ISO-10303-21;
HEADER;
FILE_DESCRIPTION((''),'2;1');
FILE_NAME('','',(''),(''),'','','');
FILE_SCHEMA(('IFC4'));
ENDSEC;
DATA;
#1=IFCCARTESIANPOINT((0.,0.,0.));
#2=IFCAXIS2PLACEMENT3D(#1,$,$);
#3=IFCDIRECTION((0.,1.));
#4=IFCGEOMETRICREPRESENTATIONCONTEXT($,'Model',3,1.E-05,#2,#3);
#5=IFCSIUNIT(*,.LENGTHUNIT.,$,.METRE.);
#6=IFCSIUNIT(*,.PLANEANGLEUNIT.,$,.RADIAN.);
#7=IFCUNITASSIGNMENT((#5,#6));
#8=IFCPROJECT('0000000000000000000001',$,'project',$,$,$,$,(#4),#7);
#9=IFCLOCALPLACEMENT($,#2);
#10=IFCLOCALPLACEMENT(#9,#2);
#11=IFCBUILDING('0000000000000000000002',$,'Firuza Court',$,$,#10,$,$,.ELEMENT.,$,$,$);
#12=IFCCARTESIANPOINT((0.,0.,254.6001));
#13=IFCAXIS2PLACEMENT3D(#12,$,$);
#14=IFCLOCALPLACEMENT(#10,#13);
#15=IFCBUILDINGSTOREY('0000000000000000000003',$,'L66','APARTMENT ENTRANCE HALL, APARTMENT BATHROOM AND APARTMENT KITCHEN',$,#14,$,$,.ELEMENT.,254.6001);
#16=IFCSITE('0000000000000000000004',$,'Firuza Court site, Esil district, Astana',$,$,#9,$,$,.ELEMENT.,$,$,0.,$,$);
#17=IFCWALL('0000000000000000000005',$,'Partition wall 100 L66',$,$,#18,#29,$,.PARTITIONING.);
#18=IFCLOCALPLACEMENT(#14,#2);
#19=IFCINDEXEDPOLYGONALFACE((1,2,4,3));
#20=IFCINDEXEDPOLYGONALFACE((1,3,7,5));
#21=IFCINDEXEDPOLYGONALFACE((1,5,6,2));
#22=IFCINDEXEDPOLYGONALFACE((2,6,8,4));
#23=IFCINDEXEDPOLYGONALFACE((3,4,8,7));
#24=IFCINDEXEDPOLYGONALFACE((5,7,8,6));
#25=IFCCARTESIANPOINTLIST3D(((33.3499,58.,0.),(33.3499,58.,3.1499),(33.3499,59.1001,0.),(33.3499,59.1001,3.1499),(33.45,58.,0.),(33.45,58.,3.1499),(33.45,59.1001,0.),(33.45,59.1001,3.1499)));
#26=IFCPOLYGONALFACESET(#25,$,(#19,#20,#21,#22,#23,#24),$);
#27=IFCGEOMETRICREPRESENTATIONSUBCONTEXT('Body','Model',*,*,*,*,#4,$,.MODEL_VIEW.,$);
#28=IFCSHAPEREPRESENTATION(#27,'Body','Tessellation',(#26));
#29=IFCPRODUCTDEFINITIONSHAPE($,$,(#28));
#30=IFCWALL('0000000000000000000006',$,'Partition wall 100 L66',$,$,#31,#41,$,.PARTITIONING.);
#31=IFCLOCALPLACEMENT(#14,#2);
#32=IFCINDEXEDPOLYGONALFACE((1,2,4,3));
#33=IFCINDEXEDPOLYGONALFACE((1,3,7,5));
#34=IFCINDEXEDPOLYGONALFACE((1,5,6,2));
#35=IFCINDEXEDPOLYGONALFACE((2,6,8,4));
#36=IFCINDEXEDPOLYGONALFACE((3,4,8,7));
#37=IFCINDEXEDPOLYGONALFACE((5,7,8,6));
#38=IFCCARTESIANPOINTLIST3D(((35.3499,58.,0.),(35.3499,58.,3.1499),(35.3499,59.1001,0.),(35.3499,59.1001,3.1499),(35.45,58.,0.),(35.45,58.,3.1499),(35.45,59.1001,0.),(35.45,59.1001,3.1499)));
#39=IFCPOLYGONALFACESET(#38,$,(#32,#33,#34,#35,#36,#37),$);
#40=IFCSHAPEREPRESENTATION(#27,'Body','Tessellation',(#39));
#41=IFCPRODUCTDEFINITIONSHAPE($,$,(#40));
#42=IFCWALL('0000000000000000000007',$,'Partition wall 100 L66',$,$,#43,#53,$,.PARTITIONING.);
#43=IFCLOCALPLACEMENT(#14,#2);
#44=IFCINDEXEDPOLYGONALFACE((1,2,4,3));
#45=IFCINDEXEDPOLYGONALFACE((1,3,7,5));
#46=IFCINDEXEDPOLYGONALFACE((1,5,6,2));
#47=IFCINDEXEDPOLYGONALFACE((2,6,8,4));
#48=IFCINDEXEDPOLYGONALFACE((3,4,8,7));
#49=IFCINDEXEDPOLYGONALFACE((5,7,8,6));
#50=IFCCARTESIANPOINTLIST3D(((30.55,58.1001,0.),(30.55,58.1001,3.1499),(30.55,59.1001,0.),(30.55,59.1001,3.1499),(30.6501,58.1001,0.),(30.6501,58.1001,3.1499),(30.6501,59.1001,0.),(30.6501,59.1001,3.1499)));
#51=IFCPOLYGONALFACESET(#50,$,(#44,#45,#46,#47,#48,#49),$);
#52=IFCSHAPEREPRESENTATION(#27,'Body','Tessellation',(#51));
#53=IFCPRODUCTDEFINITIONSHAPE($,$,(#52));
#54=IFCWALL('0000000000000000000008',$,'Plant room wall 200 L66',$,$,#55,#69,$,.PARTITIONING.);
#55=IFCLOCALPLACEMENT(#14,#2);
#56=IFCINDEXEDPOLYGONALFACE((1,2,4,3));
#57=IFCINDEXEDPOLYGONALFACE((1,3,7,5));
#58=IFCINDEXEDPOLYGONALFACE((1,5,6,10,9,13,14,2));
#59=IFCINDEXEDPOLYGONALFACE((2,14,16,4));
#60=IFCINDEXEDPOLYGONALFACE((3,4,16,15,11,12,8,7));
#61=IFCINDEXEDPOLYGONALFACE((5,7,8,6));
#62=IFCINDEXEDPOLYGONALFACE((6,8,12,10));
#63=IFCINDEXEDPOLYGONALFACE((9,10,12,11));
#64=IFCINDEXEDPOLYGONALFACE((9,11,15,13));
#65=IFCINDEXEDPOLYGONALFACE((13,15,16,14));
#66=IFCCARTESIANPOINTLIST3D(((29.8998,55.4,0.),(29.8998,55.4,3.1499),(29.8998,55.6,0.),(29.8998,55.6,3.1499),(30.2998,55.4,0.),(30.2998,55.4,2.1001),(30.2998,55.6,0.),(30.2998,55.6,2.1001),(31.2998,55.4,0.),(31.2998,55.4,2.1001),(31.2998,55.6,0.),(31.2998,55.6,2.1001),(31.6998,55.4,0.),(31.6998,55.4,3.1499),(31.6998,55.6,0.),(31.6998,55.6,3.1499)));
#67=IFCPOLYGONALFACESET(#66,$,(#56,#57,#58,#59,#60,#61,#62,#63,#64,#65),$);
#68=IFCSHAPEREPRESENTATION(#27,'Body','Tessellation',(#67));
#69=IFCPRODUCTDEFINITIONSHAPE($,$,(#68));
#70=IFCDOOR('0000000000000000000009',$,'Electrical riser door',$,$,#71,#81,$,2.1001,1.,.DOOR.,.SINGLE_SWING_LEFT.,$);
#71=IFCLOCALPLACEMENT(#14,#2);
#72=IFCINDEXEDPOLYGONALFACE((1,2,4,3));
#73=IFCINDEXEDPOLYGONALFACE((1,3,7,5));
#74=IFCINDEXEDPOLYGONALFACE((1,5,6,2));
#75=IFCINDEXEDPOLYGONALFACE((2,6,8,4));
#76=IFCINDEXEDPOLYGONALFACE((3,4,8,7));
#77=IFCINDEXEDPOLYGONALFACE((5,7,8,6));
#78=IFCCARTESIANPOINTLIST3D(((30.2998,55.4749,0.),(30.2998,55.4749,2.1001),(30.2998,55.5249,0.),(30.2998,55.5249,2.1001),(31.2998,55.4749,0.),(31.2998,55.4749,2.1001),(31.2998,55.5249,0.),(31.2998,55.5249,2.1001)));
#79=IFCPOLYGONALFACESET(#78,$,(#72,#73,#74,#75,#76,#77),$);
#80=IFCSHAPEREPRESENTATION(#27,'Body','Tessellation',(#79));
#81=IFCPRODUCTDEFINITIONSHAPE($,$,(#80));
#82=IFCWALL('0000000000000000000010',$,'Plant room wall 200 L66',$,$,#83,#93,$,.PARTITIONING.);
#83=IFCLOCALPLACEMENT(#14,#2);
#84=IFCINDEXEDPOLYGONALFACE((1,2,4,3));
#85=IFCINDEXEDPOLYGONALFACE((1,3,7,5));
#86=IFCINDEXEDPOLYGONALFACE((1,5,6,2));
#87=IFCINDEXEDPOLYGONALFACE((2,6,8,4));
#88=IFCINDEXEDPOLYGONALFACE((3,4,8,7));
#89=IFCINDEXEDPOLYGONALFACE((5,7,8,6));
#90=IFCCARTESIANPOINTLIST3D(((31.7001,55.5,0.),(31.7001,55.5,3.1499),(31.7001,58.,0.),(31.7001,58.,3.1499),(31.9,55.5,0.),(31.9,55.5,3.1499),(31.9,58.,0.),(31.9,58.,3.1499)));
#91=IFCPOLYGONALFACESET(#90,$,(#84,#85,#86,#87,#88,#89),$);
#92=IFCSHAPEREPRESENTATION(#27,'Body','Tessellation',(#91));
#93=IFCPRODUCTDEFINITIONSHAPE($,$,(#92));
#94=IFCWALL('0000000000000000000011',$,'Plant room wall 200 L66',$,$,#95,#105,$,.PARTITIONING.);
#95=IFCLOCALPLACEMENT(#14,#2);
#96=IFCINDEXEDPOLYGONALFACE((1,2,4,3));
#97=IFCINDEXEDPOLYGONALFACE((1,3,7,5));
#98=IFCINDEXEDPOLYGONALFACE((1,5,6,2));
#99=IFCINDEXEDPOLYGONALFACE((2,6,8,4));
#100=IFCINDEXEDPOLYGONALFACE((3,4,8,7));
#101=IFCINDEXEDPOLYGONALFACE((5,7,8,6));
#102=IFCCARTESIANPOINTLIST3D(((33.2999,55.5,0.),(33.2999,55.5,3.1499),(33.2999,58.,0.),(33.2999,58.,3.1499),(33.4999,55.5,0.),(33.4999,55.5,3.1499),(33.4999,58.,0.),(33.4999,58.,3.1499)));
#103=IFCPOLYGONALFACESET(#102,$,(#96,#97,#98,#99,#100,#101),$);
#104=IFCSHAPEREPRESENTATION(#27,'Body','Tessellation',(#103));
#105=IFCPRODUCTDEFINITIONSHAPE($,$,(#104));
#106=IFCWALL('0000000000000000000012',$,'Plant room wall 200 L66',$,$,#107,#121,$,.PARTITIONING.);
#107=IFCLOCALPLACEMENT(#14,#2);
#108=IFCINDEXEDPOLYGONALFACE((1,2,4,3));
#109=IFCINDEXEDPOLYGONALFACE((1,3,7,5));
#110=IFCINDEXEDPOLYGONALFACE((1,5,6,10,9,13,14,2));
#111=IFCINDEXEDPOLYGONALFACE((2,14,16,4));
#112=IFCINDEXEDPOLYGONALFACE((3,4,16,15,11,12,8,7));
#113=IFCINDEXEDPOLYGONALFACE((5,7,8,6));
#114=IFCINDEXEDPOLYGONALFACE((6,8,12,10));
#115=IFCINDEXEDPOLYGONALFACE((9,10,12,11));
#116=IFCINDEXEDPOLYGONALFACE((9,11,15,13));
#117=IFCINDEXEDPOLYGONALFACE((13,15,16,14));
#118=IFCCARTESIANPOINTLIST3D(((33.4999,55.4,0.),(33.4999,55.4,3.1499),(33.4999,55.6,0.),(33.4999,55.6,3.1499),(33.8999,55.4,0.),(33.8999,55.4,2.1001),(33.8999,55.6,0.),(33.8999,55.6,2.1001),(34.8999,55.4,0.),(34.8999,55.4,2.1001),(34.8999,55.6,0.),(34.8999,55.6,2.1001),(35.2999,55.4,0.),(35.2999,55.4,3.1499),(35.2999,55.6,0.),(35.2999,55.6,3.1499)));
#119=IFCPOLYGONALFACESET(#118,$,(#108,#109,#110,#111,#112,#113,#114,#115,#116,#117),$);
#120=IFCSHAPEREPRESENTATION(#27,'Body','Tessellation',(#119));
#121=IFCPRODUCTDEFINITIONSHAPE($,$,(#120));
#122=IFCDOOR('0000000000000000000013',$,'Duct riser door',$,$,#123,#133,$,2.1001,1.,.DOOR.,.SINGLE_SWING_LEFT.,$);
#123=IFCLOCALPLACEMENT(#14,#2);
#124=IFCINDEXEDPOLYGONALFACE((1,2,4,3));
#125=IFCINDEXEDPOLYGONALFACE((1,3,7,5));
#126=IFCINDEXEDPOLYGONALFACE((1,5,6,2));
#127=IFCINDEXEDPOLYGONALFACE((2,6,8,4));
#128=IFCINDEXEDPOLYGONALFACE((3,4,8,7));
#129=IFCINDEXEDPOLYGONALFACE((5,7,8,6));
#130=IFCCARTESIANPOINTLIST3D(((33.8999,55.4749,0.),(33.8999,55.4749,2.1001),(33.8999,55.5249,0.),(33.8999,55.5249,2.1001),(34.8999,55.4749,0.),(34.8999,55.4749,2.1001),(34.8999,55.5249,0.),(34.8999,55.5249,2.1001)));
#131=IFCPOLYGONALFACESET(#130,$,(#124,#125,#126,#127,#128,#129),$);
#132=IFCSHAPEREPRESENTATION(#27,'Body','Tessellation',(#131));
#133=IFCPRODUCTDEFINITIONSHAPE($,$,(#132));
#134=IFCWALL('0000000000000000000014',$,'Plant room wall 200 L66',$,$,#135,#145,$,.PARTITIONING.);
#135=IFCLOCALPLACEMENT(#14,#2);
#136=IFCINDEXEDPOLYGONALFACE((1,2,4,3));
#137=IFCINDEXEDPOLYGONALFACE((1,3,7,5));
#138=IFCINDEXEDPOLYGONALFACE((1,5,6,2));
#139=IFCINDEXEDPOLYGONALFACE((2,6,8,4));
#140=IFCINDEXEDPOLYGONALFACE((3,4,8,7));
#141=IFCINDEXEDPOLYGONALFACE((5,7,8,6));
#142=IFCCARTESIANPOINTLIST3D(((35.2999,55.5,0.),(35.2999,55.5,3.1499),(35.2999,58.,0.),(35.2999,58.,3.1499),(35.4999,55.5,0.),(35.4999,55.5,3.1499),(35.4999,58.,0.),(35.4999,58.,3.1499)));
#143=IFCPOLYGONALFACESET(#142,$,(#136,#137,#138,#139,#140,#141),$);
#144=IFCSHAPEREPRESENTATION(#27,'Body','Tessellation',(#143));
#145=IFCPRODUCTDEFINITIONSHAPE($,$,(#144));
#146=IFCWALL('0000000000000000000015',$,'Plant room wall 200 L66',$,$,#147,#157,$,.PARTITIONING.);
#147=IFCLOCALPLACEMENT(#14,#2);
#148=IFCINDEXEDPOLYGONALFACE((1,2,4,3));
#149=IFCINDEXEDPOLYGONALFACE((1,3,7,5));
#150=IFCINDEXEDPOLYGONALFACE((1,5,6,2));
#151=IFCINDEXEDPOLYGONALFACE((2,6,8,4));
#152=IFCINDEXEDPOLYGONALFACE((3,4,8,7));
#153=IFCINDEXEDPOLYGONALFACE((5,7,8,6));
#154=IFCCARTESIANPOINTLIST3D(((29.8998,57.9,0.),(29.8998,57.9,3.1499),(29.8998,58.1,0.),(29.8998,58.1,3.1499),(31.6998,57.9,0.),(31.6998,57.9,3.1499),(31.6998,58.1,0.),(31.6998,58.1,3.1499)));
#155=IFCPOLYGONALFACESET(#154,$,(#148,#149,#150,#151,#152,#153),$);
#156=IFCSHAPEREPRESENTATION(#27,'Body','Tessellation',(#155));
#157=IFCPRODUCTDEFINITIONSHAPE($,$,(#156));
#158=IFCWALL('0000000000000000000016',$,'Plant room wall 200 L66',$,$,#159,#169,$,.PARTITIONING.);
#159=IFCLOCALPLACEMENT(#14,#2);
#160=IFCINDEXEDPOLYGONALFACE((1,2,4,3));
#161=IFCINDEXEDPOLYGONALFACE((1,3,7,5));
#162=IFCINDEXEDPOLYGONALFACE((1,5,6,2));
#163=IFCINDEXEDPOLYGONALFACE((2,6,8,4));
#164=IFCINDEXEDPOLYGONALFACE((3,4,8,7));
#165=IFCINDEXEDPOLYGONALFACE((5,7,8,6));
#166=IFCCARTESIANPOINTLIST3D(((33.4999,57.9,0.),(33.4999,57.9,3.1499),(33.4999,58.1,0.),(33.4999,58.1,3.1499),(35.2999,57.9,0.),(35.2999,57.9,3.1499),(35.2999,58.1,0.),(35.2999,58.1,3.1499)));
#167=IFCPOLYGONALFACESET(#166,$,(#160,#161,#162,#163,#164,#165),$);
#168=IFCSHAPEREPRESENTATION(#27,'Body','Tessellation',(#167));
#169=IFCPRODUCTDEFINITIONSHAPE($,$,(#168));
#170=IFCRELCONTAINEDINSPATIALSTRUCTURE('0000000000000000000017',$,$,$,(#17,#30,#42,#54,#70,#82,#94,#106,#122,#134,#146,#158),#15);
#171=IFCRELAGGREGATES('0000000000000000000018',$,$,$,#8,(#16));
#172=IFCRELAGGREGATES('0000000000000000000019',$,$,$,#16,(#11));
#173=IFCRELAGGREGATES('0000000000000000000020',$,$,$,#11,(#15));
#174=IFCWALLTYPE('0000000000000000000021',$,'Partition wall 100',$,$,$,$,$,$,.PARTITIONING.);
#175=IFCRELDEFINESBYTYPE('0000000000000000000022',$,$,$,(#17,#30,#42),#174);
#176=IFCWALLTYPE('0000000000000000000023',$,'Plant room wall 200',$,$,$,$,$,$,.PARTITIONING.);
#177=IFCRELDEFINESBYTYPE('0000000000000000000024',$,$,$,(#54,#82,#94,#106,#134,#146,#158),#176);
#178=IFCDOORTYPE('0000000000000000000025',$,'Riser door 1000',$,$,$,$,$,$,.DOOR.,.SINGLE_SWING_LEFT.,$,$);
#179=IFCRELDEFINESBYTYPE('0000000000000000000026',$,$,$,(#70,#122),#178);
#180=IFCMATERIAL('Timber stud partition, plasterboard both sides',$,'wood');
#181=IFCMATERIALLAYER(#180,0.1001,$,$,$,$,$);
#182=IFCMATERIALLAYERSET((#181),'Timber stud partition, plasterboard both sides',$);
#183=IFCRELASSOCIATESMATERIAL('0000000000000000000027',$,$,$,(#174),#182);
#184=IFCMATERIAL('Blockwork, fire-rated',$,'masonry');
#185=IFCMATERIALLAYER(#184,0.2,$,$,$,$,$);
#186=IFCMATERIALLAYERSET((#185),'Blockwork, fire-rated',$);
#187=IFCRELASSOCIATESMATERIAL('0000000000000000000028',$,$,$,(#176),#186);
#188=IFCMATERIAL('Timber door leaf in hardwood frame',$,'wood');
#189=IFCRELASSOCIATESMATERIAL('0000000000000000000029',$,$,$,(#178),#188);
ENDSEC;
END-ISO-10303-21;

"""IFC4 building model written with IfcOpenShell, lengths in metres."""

from ifc_helpers import new_model, si_unit, direction, frame, frame_2d, origin, place, context, subcontext, project, spatial, rectangle, extrude, material, layer, layer_set, type_object, element, fill, save


model = new_model("IFC4")

# Units and contexts
model_context = context("Model", 3, precision=1e-05, world=origin(), true_north=direction((0.0, 1.0)))
body_context = subcontext(model_context, "Body", "Model", "MODEL_VIEW")
ifc_project = project(units=[si_unit("LENGTHUNIT", "METRE"), si_unit("PLANEANGLEUNIT", "RADIAN")], contexts=[model_context])

# Site, building, storey
site_placement = place(None, origin())
site = spatial("IfcSite", under=ifc_project, at=site_placement, Name="Firuza Court site, Esil district, Astana", CompositionType="ELEMENT", RefElevation=0.0)
building_placement = place(site_placement, origin())
building = spatial("IfcBuilding", under=site, at=building_placement, Name="Firuza Court", CompositionType="ELEMENT")
storey_placement = place(building_placement, frame((0.0, 0.0, 254.6001)))
storey = spatial("IfcBuildingStorey", under=building, at=storey_placement, Name="L66", Description="APARTMENT ENTRANCE HALL, APARTMENT BATHROOM AND APARTMENT KITCHEN", CompositionType="ELEMENT", Elevation=254.6001)

# Walls
ifc_material_1 = material(Name="Timber stud partition, plasterboard both sides", Category="wood")
ifc_layer_1 = layer(ifc_material_1, 0.1001)
ifc_layer_set_1 = layer_set([ifc_layer_1], Name="Timber stud partition, plasterboard both sides")
wall_type_1 = type_object("IfcWallType", Name="Partition wall 100", PredefinedType="PARTITIONING", material=ifc_layer_set_1)
for number, where, z_axis, x_axis, name in (
    (1, (33.3999, 58.0, 0.0), (0.0, 0.0, 1.0), (0.0, 1.0, 0.0), "Partition wall 100 L66"),
    (2, (35.3999, 58.0, 0.0), (0.0, 0.0, 1.0), (0.0, 1.0, 0.0), "Partition wall 100 L66"),
):
    element("IfcWall", number, at=place(storey_placement, frame(where, z_axis=z_axis, x_axis=x_axis)), inside=storey, type_object=wall_type_1, Name=name, PredefinedType="PARTITIONING", context=body_context, shape_type="SweptSolid", body=[
        extrude(rectangle(XDim=1.1001, YDim=0.1001, at=frame_2d((0.55, 0.0))), origin(), (0.0, 0.0, 1.0), 3.1499),
    ])
wall_1_placement = place(storey_placement, frame((30.6001, 58.1001, 0.0), z_axis=(0.0, 0.0, 1.0), x_axis=(0.0, 1.0, 0.0)))
element("IfcWall", 3, at=wall_1_placement, inside=storey, type_object=wall_type_1, Name="Partition wall 100 L66", PredefinedType="PARTITIONING", context=body_context, shape_type="SweptSolid", body=[
    extrude(rectangle(XDim=1.0, YDim=0.1001, at=frame_2d((0.5, 0.0))), origin(), (0.0, 0.0, 1.0), 3.1499),
])

# Wall, opening, door
ifc_material_2 = material(Name="Blockwork, fire-rated", Category="masonry")
ifc_layer_2 = layer(ifc_material_2, 0.2)
ifc_layer_set_2 = layer_set([ifc_layer_2], Name="Blockwork, fire-rated")
wall_type_2 = type_object("IfcWallType", Name="Plant room wall 200", PredefinedType="PARTITIONING", material=ifc_layer_set_2)
wall_2_placement = place(storey_placement, frame((29.8999, 55.5, 0.0), z_axis=(0.0, 0.0, 1.0), x_axis=(1.0, 0.0, 0.0)))
wall_2 = element("IfcWall", 4, at=wall_2_placement, inside=storey, type_object=wall_type_2, Name="Plant room wall 200 L66", PredefinedType="PARTITIONING", context=body_context, shape_type="SweptSolid", body=[
    extrude(rectangle(XDim=1.8, YDim=0.2, at=frame_2d((0.8999, 0.0))), origin(), (0.0, 0.0, 1.0), 3.1499),
])
opening_1_placement = place(wall_2_placement, frame((0.3999, 0.0, 0.0)))
opening_1 = element("IfcOpeningElement", 5, at=opening_1_placement, cuts=wall_2, PredefinedType="OPENING", context=body_context, shape_type="SweptSolid", body=[
    extrude(rectangle(XDim=1.0, YDim=2.1001, at=frame_2d((0.5, 1.05))), frame((0.0, 0.1118, 0.0), z_axis=(0.0, -1.0, 0.0), x_axis=(1.0, 0.0, 0.0)), (0.0, 0.0, 1.0), 0.2239),
])
ifc_material_3 = material(Name="Timber door leaf in hardwood frame", Category="wood")
door_type = type_object("IfcDoorType", Name="Riser door 1000", OperationType="SINGLE_SWING_LEFT", PredefinedType="DOOR", material=ifc_material_3)
door_1_placement = place(opening_1_placement, origin())
door_1 = element("IfcDoor", 6, at=door_1_placement, inside=storey, type_object=door_type, Name="Electrical riser door", OperationType="SINGLE_SWING_LEFT", OverallHeight=2.1001, OverallWidth=1.0, PredefinedType="DOOR", context=body_context, shape_type="SweptSolid", body=[
    extrude(rectangle(XDim=1.0, YDim=2.1001, at=frame_2d((0.5, 1.05))), frame((0.0, 0.0249, 0.0), z_axis=(0.0, -1.0, 0.0), x_axis=(1.0, 0.0, 0.0)), (0.0, 0.0, 1.0), 0.05),
])
fill(opening_1, door_1)

# Walls
for number, where, z_axis, x_axis, name in (
    (7, (31.8, 55.5, 0.0), (0.0, 0.0, 1.0), (0.0, 1.0, 0.0), "Plant room wall 200 L66"),
    (8, (33.3999, 55.5, 0.0), (0.0, 0.0, 1.0), (0.0, 1.0, 0.0), "Plant room wall 200 L66"),
):
    element("IfcWall", number, at=place(storey_placement, frame(where, z_axis=z_axis, x_axis=x_axis)), inside=storey, type_object=wall_type_2, Name=name, PredefinedType="PARTITIONING", context=body_context, shape_type="SweptSolid", body=[
        extrude(rectangle(XDim=2.5, YDim=0.2, at=frame_2d((1.25, 0.0))), origin(), (0.0, 0.0, 1.0), 3.1499),
    ])

# Wall, opening, door
wall_3_placement = place(storey_placement, frame((33.5, 55.5, 0.0), z_axis=(0.0, 0.0, 1.0), x_axis=(1.0, 0.0, 0.0)))
wall_3 = element("IfcWall", 9, at=wall_3_placement, inside=storey, type_object=wall_type_2, Name="Plant room wall 200 L66", PredefinedType="PARTITIONING", context=body_context, shape_type="SweptSolid", body=[
    extrude(rectangle(XDim=1.8, YDim=0.2, at=frame_2d((0.8999, 0.0))), origin(), (0.0, 0.0, 1.0), 3.1499),
])
opening_2_placement = place(wall_3_placement, frame((0.3999, 0.0, 0.0)))
opening_2 = element("IfcOpeningElement", 10, at=opening_2_placement, cuts=wall_3, PredefinedType="OPENING", context=body_context, shape_type="SweptSolid", body=[
    extrude(rectangle(XDim=1.0, YDim=2.1001, at=frame_2d((0.5, 1.05))), frame((0.0, 0.1118, 0.0), z_axis=(0.0, -1.0, 0.0), x_axis=(1.0, 0.0, 0.0)), (0.0, 0.0, 1.0), 0.2239),
])
door_2_placement = place(opening_2_placement, origin())
door_2 = element("IfcDoor", 11, at=door_2_placement, inside=storey, type_object=door_type, Name="Duct riser door", OperationType="SINGLE_SWING_LEFT", OverallHeight=2.1001, OverallWidth=1.0, PredefinedType="DOOR", context=body_context, shape_type="SweptSolid", body=[
    extrude(rectangle(XDim=1.0, YDim=2.1001, at=frame_2d((0.5, 1.05))), frame((0.0, 0.0249, 0.0), z_axis=(0.0, -1.0, 0.0), x_axis=(1.0, 0.0, 0.0)), (0.0, 0.0, 1.0), 0.05),
])
fill(opening_2, door_2)

# Walls
wall_4_placement = place(storey_placement, frame((35.3999, 55.5, 0.0), z_axis=(0.0, 0.0, 1.0), x_axis=(0.0, 1.0, 0.0)))
element("IfcWall", 12, at=wall_4_placement, inside=storey, type_object=wall_type_2, Name="Plant room wall 200 L66", PredefinedType="PARTITIONING", context=body_context, shape_type="SweptSolid", body=[
    extrude(rectangle(XDim=2.5, YDim=0.2, at=frame_2d((1.25, 0.0))), origin(), (0.0, 0.0, 1.0), 3.1499),
])
for number, where, z_axis, x_axis, name in (
    (13, (29.8999, 58.0, 0.0), (0.0, 0.0, 1.0), (1.0, 0.0, 0.0), "Plant room wall 200 L66"),
    (14, (33.5, 58.0, 0.0), (0.0, 0.0, 1.0), (1.0, 0.0, 0.0), "Plant room wall 200 L66"),
):
    element("IfcWall", number, at=place(storey_placement, frame(where, z_axis=z_axis, x_axis=x_axis)), inside=storey, type_object=wall_type_2, Name=name, PredefinedType="PARTITIONING", context=body_context, shape_type="SweptSolid", body=[
        extrude(rectangle(XDim=1.8, YDim=0.2, at=frame_2d((0.8999, 0.0))), origin(), (0.0, 0.0, 1.0), 3.1499),
    ])

save(model, "model.ifc")
